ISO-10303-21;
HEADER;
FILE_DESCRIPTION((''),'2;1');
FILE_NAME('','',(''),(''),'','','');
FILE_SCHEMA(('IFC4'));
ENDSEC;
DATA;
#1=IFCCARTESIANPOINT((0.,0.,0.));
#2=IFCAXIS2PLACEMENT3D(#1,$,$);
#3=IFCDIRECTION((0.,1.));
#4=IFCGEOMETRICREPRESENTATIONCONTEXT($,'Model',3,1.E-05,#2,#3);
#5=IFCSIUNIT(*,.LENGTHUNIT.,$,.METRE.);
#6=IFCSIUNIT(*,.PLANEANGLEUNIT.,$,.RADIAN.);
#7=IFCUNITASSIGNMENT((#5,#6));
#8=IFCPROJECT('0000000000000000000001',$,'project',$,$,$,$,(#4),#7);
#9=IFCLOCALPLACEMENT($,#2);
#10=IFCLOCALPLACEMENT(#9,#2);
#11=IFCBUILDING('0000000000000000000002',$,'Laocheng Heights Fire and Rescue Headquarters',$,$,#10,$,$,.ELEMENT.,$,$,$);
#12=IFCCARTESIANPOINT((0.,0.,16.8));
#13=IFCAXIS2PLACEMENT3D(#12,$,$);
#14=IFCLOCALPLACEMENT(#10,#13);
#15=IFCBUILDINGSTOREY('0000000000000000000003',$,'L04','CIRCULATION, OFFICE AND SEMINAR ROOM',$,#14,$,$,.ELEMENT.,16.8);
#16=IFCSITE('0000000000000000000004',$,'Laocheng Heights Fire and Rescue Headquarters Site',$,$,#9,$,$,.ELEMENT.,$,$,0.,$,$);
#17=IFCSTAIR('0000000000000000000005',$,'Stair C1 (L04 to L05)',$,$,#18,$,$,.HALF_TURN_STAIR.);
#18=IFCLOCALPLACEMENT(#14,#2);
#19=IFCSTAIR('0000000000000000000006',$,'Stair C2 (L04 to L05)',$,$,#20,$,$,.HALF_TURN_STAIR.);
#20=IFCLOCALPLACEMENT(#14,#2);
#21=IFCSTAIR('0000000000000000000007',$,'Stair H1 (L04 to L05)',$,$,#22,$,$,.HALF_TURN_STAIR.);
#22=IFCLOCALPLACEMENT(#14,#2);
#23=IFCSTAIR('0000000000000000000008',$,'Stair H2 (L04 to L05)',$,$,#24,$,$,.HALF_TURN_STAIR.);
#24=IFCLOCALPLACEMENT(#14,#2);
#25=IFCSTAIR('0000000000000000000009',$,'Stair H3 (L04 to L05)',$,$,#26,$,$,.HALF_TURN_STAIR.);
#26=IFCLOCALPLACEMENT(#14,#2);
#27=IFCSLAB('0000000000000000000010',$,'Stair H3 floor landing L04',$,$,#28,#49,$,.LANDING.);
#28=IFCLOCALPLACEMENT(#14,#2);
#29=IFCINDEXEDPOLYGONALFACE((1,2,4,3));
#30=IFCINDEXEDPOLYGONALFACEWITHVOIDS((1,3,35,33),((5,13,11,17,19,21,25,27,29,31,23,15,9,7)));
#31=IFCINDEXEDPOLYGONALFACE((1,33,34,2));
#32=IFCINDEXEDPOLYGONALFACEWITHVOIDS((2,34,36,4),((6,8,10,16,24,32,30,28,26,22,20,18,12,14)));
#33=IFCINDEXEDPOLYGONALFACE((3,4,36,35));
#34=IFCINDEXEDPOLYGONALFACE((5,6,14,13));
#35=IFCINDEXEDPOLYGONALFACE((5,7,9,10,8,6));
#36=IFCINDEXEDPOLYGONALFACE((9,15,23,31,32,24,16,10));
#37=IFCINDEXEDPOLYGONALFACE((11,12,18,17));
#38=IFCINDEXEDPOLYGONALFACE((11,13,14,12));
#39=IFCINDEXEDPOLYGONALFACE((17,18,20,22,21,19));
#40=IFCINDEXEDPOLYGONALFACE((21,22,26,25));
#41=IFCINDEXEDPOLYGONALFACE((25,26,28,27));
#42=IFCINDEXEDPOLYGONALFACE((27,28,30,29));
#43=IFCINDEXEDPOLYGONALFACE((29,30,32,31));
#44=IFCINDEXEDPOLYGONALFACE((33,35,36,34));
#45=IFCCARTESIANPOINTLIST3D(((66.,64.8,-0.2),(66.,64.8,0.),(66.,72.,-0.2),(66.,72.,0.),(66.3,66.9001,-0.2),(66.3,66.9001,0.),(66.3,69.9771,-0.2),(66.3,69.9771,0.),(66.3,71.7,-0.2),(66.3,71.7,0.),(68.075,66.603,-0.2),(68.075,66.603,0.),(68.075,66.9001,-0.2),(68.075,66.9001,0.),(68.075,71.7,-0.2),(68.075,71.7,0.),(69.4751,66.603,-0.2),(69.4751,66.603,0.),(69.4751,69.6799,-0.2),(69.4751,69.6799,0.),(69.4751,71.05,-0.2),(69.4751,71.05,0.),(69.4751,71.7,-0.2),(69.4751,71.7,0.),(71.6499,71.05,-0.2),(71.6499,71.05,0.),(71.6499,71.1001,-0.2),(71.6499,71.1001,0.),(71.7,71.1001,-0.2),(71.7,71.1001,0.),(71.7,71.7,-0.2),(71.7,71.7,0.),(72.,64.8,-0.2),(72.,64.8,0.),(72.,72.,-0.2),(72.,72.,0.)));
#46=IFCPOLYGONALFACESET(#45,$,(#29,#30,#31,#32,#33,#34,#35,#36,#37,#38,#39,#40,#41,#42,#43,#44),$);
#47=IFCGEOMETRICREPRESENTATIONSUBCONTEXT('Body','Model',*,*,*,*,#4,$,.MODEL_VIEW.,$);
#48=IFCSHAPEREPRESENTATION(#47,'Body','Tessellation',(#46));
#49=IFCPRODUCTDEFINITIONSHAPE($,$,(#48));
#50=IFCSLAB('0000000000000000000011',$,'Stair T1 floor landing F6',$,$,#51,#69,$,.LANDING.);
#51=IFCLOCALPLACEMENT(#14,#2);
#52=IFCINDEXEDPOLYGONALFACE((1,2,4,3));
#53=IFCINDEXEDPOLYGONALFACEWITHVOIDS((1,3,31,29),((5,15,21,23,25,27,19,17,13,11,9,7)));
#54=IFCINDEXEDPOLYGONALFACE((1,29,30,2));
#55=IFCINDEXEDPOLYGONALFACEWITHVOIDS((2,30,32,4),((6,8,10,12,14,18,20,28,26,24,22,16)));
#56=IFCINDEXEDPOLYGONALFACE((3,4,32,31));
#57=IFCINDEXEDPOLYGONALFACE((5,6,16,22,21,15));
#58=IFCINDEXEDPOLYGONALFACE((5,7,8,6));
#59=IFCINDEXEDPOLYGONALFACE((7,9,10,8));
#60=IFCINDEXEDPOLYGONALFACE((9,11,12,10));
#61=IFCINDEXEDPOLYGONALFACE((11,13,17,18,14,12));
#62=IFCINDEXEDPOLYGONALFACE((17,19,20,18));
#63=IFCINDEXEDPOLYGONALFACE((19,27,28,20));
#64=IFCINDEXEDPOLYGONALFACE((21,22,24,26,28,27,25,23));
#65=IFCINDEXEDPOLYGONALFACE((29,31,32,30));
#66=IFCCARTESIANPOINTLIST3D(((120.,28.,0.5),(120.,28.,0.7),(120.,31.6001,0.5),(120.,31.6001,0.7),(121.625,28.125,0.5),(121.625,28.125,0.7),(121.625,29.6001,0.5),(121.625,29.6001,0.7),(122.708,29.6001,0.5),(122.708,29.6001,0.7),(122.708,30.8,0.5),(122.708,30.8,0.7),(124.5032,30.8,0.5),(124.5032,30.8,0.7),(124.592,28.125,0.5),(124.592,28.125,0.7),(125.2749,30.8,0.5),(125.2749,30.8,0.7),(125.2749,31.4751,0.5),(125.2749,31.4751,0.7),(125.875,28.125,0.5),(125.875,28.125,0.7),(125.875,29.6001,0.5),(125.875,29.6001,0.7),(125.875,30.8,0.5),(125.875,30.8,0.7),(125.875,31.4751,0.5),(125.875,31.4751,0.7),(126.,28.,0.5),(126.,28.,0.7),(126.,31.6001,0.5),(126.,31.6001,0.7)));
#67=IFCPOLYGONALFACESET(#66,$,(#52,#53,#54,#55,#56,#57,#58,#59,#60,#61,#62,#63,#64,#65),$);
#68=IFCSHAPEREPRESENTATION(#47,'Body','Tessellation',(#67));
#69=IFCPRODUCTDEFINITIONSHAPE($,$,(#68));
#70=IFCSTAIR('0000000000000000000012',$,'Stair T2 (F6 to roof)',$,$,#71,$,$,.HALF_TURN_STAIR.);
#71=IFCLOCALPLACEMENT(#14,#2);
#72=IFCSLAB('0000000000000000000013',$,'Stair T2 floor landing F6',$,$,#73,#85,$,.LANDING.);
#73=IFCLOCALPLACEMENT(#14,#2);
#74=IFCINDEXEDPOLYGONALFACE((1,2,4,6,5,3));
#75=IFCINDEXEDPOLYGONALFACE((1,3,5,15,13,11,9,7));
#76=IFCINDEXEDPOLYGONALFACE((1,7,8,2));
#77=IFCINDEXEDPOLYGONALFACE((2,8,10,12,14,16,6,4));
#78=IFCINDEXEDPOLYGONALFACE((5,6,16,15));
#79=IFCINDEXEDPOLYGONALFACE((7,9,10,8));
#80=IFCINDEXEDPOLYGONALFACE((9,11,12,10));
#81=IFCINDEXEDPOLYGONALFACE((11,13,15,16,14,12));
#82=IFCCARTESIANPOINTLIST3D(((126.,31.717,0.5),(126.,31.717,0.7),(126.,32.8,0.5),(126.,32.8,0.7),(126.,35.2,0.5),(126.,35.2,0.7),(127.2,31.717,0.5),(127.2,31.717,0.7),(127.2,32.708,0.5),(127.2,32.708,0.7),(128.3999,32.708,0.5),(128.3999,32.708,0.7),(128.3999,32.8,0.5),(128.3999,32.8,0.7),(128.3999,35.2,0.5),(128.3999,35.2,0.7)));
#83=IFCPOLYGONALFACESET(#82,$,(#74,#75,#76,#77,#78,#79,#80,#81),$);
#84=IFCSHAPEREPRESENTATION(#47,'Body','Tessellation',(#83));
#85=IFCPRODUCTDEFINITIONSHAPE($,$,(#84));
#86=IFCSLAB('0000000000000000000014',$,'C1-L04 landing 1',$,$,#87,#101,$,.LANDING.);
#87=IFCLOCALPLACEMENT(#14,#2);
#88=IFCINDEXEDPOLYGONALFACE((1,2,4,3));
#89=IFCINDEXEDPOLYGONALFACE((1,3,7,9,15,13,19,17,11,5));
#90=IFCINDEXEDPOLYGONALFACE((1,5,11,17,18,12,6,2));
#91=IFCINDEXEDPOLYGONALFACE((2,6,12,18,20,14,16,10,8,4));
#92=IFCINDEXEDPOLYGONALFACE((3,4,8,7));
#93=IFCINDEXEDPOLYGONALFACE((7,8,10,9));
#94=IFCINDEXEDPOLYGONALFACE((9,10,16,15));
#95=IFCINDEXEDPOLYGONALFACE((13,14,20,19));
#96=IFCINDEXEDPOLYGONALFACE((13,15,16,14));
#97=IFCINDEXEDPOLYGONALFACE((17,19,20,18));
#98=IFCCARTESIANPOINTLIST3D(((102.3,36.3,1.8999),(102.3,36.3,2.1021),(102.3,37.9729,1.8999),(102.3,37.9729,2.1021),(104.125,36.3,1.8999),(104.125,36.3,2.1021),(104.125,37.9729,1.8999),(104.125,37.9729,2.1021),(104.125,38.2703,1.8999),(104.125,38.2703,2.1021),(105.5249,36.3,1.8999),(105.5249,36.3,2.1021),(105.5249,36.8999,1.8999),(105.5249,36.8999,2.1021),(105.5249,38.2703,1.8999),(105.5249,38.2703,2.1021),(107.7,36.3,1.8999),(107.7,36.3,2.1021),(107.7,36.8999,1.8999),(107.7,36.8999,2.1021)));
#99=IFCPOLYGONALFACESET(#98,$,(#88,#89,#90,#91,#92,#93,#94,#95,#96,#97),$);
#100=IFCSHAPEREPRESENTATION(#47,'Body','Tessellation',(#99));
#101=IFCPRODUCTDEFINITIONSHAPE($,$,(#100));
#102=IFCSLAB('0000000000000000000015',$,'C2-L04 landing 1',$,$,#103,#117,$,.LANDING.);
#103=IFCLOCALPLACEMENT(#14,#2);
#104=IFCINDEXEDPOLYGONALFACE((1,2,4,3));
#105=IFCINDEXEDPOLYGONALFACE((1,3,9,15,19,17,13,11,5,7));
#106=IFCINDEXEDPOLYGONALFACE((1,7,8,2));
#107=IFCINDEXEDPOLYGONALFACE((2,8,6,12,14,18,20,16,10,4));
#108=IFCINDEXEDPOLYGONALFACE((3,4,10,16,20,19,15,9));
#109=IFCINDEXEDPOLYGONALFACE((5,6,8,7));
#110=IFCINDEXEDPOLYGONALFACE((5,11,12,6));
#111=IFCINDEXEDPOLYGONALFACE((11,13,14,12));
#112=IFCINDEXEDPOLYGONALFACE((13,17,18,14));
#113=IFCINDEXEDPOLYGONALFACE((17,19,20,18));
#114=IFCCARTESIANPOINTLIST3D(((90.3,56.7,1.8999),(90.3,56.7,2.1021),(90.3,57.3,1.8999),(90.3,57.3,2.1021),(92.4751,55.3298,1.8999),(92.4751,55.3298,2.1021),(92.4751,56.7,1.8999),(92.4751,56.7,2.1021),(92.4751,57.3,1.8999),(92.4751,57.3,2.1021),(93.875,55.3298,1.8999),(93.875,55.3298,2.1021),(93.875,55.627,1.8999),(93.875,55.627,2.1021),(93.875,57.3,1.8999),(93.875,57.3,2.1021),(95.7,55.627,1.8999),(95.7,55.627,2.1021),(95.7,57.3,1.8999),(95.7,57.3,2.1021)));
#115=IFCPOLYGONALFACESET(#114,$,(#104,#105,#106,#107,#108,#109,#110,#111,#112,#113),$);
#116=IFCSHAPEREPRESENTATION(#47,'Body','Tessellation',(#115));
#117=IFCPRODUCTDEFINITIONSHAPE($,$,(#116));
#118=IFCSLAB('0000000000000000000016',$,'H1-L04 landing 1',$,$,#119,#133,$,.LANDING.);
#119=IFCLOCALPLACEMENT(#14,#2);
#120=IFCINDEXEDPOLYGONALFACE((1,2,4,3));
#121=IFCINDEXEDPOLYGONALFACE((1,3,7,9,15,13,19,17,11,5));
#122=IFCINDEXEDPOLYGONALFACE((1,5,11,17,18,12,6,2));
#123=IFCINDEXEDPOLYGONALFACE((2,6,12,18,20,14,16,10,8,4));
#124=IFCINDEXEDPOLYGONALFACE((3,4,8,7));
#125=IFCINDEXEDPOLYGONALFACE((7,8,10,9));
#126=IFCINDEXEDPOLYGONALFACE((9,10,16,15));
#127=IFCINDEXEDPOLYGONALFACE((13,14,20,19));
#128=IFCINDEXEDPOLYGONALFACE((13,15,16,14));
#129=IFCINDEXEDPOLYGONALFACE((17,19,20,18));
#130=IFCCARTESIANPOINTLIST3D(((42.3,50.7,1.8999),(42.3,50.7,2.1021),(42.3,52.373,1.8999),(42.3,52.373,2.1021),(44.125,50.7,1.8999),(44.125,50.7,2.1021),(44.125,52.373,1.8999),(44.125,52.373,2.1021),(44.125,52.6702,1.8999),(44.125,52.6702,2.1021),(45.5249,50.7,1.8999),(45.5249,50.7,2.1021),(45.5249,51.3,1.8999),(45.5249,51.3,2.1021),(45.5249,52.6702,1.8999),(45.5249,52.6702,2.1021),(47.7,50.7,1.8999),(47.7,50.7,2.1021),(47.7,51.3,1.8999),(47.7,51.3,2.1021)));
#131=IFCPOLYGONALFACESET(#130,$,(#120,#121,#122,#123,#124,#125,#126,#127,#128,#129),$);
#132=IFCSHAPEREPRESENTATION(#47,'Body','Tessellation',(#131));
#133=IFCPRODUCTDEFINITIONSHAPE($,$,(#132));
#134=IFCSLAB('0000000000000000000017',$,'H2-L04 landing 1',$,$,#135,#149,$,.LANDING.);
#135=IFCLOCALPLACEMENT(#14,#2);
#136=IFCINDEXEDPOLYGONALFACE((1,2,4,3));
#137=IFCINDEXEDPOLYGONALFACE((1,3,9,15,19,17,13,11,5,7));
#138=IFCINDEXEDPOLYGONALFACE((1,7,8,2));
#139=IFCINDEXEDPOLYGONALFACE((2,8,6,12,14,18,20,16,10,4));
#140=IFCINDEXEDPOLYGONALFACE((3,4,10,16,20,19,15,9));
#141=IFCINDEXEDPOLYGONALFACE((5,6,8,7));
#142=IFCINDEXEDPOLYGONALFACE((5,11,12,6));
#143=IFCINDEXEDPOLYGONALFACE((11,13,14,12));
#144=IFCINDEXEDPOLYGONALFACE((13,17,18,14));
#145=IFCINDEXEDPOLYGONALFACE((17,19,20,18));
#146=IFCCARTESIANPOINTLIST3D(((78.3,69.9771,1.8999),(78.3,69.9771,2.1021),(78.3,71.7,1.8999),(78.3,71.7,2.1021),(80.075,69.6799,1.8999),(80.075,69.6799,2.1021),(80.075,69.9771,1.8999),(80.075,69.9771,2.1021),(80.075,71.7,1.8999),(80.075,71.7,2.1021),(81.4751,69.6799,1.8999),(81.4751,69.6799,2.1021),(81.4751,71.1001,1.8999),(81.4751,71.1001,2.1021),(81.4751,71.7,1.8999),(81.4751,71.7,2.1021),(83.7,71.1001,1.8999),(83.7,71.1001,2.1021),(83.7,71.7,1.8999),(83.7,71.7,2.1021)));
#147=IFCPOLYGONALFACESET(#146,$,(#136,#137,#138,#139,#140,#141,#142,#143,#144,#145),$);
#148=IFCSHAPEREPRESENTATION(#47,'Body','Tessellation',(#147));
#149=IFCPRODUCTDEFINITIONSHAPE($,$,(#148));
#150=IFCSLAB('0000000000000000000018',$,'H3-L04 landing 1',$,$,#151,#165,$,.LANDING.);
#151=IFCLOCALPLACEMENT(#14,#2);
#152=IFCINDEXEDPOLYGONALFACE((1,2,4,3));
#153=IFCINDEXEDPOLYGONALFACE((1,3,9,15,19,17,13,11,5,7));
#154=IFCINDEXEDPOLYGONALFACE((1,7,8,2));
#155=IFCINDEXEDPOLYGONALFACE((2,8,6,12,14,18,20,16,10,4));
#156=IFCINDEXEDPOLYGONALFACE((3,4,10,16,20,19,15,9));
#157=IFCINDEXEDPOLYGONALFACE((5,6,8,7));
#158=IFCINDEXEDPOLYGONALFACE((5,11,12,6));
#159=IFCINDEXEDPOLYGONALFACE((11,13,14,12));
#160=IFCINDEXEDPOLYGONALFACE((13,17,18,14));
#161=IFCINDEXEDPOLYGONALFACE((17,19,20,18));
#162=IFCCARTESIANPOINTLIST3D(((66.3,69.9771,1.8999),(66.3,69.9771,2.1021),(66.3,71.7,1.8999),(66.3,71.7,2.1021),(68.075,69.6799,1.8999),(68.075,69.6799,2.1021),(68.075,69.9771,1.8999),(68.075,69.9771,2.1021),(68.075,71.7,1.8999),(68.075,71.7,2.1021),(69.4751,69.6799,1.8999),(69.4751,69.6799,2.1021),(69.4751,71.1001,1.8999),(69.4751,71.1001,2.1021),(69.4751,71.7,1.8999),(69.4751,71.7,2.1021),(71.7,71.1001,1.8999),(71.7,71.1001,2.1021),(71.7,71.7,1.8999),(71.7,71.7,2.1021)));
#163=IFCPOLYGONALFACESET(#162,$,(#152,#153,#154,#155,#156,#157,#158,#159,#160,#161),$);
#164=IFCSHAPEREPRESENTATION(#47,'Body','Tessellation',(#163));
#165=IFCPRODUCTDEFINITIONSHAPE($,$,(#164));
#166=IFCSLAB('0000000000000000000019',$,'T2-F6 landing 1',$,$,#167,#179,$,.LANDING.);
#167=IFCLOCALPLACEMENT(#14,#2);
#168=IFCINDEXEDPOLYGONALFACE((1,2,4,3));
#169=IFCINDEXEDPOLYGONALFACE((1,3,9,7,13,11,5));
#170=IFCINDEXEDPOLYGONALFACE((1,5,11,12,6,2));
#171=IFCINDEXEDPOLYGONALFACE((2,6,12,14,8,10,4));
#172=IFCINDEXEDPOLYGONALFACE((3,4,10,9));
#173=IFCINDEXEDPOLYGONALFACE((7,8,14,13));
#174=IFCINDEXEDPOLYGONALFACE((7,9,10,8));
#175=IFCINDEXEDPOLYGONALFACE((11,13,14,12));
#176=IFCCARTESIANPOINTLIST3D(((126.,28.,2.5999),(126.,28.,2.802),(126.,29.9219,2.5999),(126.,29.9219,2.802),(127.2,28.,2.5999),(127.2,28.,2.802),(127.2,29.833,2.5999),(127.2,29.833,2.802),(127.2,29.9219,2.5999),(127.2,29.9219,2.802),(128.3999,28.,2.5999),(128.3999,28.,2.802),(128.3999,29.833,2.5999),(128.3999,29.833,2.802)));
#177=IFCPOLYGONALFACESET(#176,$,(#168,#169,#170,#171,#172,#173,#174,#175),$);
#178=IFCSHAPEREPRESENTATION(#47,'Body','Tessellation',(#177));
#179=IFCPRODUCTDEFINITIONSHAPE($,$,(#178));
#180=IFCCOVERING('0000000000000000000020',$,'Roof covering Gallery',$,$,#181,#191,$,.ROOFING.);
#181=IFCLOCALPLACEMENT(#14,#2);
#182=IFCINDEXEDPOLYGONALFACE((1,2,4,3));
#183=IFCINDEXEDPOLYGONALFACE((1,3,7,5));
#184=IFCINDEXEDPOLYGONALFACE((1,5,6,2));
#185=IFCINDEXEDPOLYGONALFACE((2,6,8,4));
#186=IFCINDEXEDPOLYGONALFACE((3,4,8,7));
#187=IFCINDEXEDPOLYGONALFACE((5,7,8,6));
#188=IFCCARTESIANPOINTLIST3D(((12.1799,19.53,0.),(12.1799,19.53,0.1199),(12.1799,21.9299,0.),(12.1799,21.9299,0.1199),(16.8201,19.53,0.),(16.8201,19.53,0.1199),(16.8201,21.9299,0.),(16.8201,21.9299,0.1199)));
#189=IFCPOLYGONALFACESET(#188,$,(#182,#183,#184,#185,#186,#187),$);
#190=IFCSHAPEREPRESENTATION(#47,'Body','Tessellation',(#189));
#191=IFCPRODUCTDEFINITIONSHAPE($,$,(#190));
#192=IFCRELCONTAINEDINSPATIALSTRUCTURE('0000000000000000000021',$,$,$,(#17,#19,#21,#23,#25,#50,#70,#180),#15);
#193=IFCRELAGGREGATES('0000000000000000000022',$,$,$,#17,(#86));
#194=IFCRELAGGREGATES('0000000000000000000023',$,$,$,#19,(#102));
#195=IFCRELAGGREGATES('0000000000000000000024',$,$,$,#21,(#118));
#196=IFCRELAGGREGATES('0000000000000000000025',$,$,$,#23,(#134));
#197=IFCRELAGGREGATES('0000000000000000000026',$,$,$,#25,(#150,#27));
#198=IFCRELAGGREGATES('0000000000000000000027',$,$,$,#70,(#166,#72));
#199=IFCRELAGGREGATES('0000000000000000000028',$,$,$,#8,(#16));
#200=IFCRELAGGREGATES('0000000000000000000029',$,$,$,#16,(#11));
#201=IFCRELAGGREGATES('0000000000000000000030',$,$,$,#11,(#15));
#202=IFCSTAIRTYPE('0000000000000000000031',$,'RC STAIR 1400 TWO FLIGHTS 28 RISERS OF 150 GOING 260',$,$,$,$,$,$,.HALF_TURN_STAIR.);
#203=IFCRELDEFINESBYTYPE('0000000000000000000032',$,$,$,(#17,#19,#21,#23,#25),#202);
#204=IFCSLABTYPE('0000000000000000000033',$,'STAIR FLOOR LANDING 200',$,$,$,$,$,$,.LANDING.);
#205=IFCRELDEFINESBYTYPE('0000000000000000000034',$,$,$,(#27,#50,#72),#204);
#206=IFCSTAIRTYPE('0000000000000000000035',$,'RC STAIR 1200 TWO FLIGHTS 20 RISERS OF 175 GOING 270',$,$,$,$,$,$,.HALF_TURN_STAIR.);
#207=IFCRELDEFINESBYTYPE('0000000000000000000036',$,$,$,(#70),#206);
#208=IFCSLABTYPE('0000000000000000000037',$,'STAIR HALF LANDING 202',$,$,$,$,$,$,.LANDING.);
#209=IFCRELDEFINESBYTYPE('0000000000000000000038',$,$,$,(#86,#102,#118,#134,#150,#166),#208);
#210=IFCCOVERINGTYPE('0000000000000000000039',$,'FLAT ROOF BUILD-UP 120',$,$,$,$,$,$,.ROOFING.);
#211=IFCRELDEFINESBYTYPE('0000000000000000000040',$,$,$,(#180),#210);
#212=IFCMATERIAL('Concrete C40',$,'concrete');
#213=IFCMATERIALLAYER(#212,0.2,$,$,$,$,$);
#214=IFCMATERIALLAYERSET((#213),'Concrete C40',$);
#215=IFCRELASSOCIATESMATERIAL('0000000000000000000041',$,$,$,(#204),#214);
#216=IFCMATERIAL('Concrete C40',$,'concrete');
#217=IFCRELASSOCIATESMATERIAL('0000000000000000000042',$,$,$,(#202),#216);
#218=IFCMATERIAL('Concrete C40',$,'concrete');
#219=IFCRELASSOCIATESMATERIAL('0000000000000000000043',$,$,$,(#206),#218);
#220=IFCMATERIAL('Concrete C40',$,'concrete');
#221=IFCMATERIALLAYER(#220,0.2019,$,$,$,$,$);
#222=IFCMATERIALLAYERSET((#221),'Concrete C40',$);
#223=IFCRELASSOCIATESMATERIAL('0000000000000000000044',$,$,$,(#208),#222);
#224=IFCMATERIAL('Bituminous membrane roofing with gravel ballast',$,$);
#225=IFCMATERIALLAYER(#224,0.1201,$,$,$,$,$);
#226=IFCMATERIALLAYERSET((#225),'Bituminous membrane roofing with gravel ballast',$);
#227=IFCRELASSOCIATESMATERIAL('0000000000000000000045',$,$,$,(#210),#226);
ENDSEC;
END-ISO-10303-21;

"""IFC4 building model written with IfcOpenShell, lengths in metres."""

from ifc_helpers import new_model, si_unit, direction, frame, origin, place, context, subcontext, project, spatial, polyline, outline, extrude, material, layer, layer_set, type_object, element, aggregate, save


model = new_model("IFC4")

# Units and contexts
model_context = context("Model", 3, precision=1e-05, world=origin(), true_north=direction((0.0, 1.0)))
body_context = subcontext(model_context, "Body", "Model", "MODEL_VIEW")
ifc_project = project(units=[si_unit("LENGTHUNIT", "METRE"), si_unit("PLANEANGLEUNIT", "RADIAN")], contexts=[model_context])

# Site, building, storey
site_placement = place(None, origin())
site = spatial("IfcSite", under=ifc_project, at=site_placement, Name="Laocheng Heights Fire and Rescue Headquarters Site", CompositionType="ELEMENT", RefElevation=0.0)
building_placement = place(site_placement, origin())
building = spatial("IfcBuilding", under=site, at=building_placement, Name="Laocheng Heights Fire and Rescue Headquarters", CompositionType="ELEMENT")
storey_placement = place(building_placement, frame((0.0, 0.0, 16.8)))
storey = spatial("IfcBuildingStorey", under=building, at=storey_placement, Name="L04", Description="CIRCULATION, OFFICE AND SEMINAR ROOM", CompositionType="ELEMENT", Elevation=16.8)

# Shared definitions
ifc_material_1 = material(Name="Concrete C40", Category="concrete")
ifc_layer_1 = layer(ifc_material_1, 0.2)
ifc_layer_set_1 = layer_set([ifc_layer_1], Name="Concrete C40")
slab_type_1 = type_object("IfcSlabType", Name="STAIR FLOOR LANDING 200", PredefinedType="LANDING", material=ifc_layer_set_1)

# Stairs, slab
ifc_material_2 = material(Name="Concrete C40", Category="concrete")
stair_type_1 = type_object("IfcStairType", Name="RC STAIR 1400 TWO FLIGHTS 28 RISERS OF 150 GOING 260", PredefinedType="HALF_TURN_STAIR", material=ifc_material_2)
stair_1_placement = place(storey_placement, origin())
stair_1 = element("IfcStair", 1, at=stair_1_placement, inside=storey, type_object=stair_type_1, Name="Stair C1 (L04 to L05)", PredefinedType="HALF_TURN_STAIR")
stair_2_placement = place(storey_placement, origin())
stair_2 = element("IfcStair", 2, at=stair_2_placement, inside=storey, type_object=stair_type_1, Name="Stair C2 (L04 to L05)", PredefinedType="HALF_TURN_STAIR")
stair_3_placement = place(storey_placement, origin())
stair_3 = element("IfcStair", 3, at=stair_3_placement, inside=storey, type_object=stair_type_1, Name="Stair H1 (L04 to L05)", PredefinedType="HALF_TURN_STAIR")
stair_4_placement = place(storey_placement, origin())
stair_4 = element("IfcStair", 4, at=stair_4_placement, inside=storey, type_object=stair_type_1, Name="Stair H2 (L04 to L05)", PredefinedType="HALF_TURN_STAIR")
stair_5_placement = place(storey_placement, origin())
stair_5 = element("IfcStair", 5, at=stair_5_placement, inside=storey, type_object=stair_type_1, Name="Stair H3 (L04 to L05)", PredefinedType="HALF_TURN_STAIR")
slab_1_placement = place(storey_placement, frame((0.0, 0.0, -0.2)))
slab_1 = element("IfcSlab", 6, at=slab_1_placement, type_object=slab_type_1, Name="Stair H3 floor landing L04", PredefinedType="LANDING", context=body_context, shape_type="SweptSolid", body=[
    extrude(outline(polyline([(66.0, 72.0), (72.0, 72.0), (72.0, 64.8), (66.0, 64.8), (66.0, 72.0)]), holes=[polyline([(68.075, 66.9001), (68.075, 66.603), (69.4751, 66.603), (69.4751, 69.6799), (69.4751, 71.05), (71.6499, 71.05), (71.6499, 71.1001), (71.7, 71.1001), (71.7, 71.7), (69.4751, 71.7), (68.075, 71.7), (66.3, 71.7), (66.3, 69.9771), (66.3, 66.9001), (68.075, 66.9001)])]), origin(), (0.0, 0.0, 1.0), 0.2),
])

# Slab
slab_2_placement = place(storey_placement, frame((0.0, 0.0, 0.5)))
element("IfcSlab", 7, at=slab_2_placement, inside=storey, type_object=slab_type_1, Name="Stair T1 floor landing F6", PredefinedType="LANDING", context=body_context, shape_type="SweptSolid", body=[
    extrude(outline(polyline([(120.0, 31.6001), (126.0, 31.6001), (126.0, 28.0), (120.0, 28.0), (120.0, 31.6001)]), holes=[polyline([(121.625, 29.6001), (121.625, 28.125), (124.592, 28.125), (125.875, 28.125), (125.875, 29.6001), (125.875, 30.8), (125.875, 31.4751), (125.2749, 31.4751), (125.2749, 30.8), (124.5032, 30.8), (122.708, 30.8), (122.708, 29.6001), (121.625, 29.6001)])]), origin(), (0.0, 0.0, 1.0), 0.2),
])

# Stair, slab
ifc_material_3 = material(Name="Concrete C40", Category="concrete")
stair_type_2 = type_object("IfcStairType", Name="RC STAIR 1200 TWO FLIGHTS 20 RISERS OF 175 GOING 270", PredefinedType="HALF_TURN_STAIR", material=ifc_material_3)
stair_6_placement = place(storey_placement, origin())
stair_6 = element("IfcStair", 8, at=stair_6_placement, inside=storey, type_object=stair_type_2, Name="Stair T2 (F6 to roof)", PredefinedType="HALF_TURN_STAIR")
slab_3_placement = place(storey_placement, frame((0.0, 0.0, 0.5)))
slab_3 = element("IfcSlab", 9, at=slab_3_placement, type_object=slab_type_1, Name="Stair T2 floor landing F6", PredefinedType="LANDING", context=body_context, shape_type="SweptSolid", body=[
    extrude(outline(polyline([(126.0, 31.717), (127.2, 31.717), (127.2, 32.708), (128.3999, 32.708), (128.3999, 32.8), (128.3999, 35.2), (126.0, 35.2), (126.0, 32.8), (126.0, 32.8), (126.0, 31.717)])), origin(), (0.0, 0.0, 1.0), 0.2),
])

# Slabs
ifc_material_4 = material(Name="Concrete C40", Category="concrete")
ifc_layer_2 = layer(ifc_material_4, 0.2019)
ifc_layer_set_2 = layer_set([ifc_layer_2], Name="Concrete C40")
slab_type_2 = type_object("IfcSlabType", Name="STAIR HALF LANDING 202", PredefinedType="LANDING", material=ifc_layer_set_2)
slab_4_placement = place(storey_placement, frame((0.0, 0.0, 1.8999)))
slab_4 = element("IfcSlab", 10, at=slab_4_placement, type_object=slab_type_2, Name="C1-L04 landing 1", PredefinedType="LANDING", context=body_context, shape_type="SweptSolid", body=[
    extrude(outline(polyline([(107.7, 36.8999), (107.7, 36.3), (105.5249, 36.3), (104.125, 36.3), (102.3, 36.3), (102.3, 37.9729), (104.125, 37.9729), (104.125, 38.2703), (105.5249, 38.2703), (105.5249, 36.8999), (107.7, 36.8999)])), origin(), (0.0, 0.0, 1.0), 0.2021),
])
aggregate(stair_1, [slab_4])
slab_5_placement = place(storey_placement, frame((0.0, 0.0, 1.8999)))
slab_5 = element("IfcSlab", 11, at=slab_5_placement, type_object=slab_type_2, Name="C2-L04 landing 1", PredefinedType="LANDING", context=body_context, shape_type="SweptSolid", body=[
    extrude(outline(polyline([(90.3, 56.7), (90.3, 57.3), (92.4751, 57.3), (93.875, 57.3), (95.7, 57.3), (95.7, 55.627), (93.875, 55.627), (93.875, 55.3298), (92.4751, 55.3298), (92.4751, 56.7), (90.3, 56.7)])), origin(), (0.0, 0.0, 1.0), 0.2021),
])
aggregate(stair_2, [slab_5])
slab_6_placement = place(storey_placement, frame((0.0, 0.0, 1.8999)))
slab_6 = element("IfcSlab", 12, at=slab_6_placement, type_object=slab_type_2, Name="H1-L04 landing 1", PredefinedType="LANDING", context=body_context, shape_type="SweptSolid", body=[
    extrude(outline(polyline([(47.7, 51.3), (47.7, 50.7), (45.5249, 50.7), (44.125, 50.7), (42.3, 50.7), (42.3, 52.373), (44.125, 52.373), (44.125, 52.6702), (45.5249, 52.6702), (45.5249, 51.3), (47.7, 51.3)])), origin(), (0.0, 0.0, 1.0), 0.2021),
])
aggregate(stair_3, [slab_6])
slab_7_placement = place(storey_placement, frame((0.0, 0.0, 1.8999)))
slab_7 = element("IfcSlab", 13, at=slab_7_placement, type_object=slab_type_2, Name="H2-L04 landing 1", PredefinedType="LANDING", context=body_context, shape_type="SweptSolid", body=[
    extrude(outline(polyline([(83.7, 71.1001), (83.7, 71.7), (81.4751, 71.7), (80.075, 71.7), (78.3, 71.7), (78.3, 69.9771), (80.075, 69.9771), (80.075, 69.6799), (81.4751, 69.6799), (81.4751, 71.1001), (83.7, 71.1001)])), origin(), (0.0, 0.0, 1.0), 0.2021),
])
aggregate(stair_4, [slab_7])
slab_8_placement = place(storey_placement, frame((0.0, 0.0, 1.8999)))
slab_8 = element("IfcSlab", 14, at=slab_8_placement, type_object=slab_type_2, Name="H3-L04 landing 1", PredefinedType="LANDING", context=body_context, shape_type="SweptSolid", body=[
    extrude(outline(polyline([(71.7, 71.1001), (71.7, 71.7), (69.4751, 71.7), (68.075, 71.7), (66.3, 71.7), (66.3, 69.9771), (68.075, 69.9771), (68.075, 69.6799), (69.4751, 69.6799), (69.4751, 71.1001), (71.7, 71.1001)])), origin(), (0.0, 0.0, 1.0), 0.2021),
])
aggregate(stair_5, [slab_8, slab_1])
slab_9_placement = place(storey_placement, frame((0.0, 0.0, 2.5999)))
slab_9 = element("IfcSlab", 15, at=slab_9_placement, type_object=slab_type_2, Name="T2-F6 landing 1", PredefinedType="LANDING", context=body_context, shape_type="SweptSolid", body=[
    extrude(outline(polyline([(128.3999, 28.0), (128.3999, 29.833), (127.2, 29.833), (127.2, 29.9219), (126.0, 29.9219), (126.0, 28.0), (127.2, 28.0), (128.3999, 28.0)])), origin(), (0.0, 0.0, 1.0), 0.2021),
])
aggregate(stair_6, [slab_9, slab_3])

# Covering
ifc_material_5 = material(Name="Bituminous membrane roofing with gravel ballast")
ifc_layer_3 = layer(ifc_material_5, 0.1201)
ifc_layer_set_3 = layer_set([ifc_layer_3], Name="Bituminous membrane roofing with gravel ballast")
covering_type_1 = type_object("IfcCoveringType", Name="FLAT ROOF BUILD-UP 120", PredefinedType="ROOFING", material=ifc_layer_set_3)
covering_1_placement = place(storey_placement, origin())
element("IfcCovering", 16, at=covering_1_placement, inside=storey, type_object=covering_type_1, Name="Roof covering Gallery", PredefinedType="ROOFING", context=body_context, shape_type="SweptSolid", body=[
    extrude(outline(polyline([(16.8201, 19.53), (16.8201, 21.9299), (12.1799, 21.9299), (12.1799, 19.53), (16.8201, 19.53)])), origin(), (0.0, 0.0, 1.0), 0.1199),
])

save(model, "model.ifc")
